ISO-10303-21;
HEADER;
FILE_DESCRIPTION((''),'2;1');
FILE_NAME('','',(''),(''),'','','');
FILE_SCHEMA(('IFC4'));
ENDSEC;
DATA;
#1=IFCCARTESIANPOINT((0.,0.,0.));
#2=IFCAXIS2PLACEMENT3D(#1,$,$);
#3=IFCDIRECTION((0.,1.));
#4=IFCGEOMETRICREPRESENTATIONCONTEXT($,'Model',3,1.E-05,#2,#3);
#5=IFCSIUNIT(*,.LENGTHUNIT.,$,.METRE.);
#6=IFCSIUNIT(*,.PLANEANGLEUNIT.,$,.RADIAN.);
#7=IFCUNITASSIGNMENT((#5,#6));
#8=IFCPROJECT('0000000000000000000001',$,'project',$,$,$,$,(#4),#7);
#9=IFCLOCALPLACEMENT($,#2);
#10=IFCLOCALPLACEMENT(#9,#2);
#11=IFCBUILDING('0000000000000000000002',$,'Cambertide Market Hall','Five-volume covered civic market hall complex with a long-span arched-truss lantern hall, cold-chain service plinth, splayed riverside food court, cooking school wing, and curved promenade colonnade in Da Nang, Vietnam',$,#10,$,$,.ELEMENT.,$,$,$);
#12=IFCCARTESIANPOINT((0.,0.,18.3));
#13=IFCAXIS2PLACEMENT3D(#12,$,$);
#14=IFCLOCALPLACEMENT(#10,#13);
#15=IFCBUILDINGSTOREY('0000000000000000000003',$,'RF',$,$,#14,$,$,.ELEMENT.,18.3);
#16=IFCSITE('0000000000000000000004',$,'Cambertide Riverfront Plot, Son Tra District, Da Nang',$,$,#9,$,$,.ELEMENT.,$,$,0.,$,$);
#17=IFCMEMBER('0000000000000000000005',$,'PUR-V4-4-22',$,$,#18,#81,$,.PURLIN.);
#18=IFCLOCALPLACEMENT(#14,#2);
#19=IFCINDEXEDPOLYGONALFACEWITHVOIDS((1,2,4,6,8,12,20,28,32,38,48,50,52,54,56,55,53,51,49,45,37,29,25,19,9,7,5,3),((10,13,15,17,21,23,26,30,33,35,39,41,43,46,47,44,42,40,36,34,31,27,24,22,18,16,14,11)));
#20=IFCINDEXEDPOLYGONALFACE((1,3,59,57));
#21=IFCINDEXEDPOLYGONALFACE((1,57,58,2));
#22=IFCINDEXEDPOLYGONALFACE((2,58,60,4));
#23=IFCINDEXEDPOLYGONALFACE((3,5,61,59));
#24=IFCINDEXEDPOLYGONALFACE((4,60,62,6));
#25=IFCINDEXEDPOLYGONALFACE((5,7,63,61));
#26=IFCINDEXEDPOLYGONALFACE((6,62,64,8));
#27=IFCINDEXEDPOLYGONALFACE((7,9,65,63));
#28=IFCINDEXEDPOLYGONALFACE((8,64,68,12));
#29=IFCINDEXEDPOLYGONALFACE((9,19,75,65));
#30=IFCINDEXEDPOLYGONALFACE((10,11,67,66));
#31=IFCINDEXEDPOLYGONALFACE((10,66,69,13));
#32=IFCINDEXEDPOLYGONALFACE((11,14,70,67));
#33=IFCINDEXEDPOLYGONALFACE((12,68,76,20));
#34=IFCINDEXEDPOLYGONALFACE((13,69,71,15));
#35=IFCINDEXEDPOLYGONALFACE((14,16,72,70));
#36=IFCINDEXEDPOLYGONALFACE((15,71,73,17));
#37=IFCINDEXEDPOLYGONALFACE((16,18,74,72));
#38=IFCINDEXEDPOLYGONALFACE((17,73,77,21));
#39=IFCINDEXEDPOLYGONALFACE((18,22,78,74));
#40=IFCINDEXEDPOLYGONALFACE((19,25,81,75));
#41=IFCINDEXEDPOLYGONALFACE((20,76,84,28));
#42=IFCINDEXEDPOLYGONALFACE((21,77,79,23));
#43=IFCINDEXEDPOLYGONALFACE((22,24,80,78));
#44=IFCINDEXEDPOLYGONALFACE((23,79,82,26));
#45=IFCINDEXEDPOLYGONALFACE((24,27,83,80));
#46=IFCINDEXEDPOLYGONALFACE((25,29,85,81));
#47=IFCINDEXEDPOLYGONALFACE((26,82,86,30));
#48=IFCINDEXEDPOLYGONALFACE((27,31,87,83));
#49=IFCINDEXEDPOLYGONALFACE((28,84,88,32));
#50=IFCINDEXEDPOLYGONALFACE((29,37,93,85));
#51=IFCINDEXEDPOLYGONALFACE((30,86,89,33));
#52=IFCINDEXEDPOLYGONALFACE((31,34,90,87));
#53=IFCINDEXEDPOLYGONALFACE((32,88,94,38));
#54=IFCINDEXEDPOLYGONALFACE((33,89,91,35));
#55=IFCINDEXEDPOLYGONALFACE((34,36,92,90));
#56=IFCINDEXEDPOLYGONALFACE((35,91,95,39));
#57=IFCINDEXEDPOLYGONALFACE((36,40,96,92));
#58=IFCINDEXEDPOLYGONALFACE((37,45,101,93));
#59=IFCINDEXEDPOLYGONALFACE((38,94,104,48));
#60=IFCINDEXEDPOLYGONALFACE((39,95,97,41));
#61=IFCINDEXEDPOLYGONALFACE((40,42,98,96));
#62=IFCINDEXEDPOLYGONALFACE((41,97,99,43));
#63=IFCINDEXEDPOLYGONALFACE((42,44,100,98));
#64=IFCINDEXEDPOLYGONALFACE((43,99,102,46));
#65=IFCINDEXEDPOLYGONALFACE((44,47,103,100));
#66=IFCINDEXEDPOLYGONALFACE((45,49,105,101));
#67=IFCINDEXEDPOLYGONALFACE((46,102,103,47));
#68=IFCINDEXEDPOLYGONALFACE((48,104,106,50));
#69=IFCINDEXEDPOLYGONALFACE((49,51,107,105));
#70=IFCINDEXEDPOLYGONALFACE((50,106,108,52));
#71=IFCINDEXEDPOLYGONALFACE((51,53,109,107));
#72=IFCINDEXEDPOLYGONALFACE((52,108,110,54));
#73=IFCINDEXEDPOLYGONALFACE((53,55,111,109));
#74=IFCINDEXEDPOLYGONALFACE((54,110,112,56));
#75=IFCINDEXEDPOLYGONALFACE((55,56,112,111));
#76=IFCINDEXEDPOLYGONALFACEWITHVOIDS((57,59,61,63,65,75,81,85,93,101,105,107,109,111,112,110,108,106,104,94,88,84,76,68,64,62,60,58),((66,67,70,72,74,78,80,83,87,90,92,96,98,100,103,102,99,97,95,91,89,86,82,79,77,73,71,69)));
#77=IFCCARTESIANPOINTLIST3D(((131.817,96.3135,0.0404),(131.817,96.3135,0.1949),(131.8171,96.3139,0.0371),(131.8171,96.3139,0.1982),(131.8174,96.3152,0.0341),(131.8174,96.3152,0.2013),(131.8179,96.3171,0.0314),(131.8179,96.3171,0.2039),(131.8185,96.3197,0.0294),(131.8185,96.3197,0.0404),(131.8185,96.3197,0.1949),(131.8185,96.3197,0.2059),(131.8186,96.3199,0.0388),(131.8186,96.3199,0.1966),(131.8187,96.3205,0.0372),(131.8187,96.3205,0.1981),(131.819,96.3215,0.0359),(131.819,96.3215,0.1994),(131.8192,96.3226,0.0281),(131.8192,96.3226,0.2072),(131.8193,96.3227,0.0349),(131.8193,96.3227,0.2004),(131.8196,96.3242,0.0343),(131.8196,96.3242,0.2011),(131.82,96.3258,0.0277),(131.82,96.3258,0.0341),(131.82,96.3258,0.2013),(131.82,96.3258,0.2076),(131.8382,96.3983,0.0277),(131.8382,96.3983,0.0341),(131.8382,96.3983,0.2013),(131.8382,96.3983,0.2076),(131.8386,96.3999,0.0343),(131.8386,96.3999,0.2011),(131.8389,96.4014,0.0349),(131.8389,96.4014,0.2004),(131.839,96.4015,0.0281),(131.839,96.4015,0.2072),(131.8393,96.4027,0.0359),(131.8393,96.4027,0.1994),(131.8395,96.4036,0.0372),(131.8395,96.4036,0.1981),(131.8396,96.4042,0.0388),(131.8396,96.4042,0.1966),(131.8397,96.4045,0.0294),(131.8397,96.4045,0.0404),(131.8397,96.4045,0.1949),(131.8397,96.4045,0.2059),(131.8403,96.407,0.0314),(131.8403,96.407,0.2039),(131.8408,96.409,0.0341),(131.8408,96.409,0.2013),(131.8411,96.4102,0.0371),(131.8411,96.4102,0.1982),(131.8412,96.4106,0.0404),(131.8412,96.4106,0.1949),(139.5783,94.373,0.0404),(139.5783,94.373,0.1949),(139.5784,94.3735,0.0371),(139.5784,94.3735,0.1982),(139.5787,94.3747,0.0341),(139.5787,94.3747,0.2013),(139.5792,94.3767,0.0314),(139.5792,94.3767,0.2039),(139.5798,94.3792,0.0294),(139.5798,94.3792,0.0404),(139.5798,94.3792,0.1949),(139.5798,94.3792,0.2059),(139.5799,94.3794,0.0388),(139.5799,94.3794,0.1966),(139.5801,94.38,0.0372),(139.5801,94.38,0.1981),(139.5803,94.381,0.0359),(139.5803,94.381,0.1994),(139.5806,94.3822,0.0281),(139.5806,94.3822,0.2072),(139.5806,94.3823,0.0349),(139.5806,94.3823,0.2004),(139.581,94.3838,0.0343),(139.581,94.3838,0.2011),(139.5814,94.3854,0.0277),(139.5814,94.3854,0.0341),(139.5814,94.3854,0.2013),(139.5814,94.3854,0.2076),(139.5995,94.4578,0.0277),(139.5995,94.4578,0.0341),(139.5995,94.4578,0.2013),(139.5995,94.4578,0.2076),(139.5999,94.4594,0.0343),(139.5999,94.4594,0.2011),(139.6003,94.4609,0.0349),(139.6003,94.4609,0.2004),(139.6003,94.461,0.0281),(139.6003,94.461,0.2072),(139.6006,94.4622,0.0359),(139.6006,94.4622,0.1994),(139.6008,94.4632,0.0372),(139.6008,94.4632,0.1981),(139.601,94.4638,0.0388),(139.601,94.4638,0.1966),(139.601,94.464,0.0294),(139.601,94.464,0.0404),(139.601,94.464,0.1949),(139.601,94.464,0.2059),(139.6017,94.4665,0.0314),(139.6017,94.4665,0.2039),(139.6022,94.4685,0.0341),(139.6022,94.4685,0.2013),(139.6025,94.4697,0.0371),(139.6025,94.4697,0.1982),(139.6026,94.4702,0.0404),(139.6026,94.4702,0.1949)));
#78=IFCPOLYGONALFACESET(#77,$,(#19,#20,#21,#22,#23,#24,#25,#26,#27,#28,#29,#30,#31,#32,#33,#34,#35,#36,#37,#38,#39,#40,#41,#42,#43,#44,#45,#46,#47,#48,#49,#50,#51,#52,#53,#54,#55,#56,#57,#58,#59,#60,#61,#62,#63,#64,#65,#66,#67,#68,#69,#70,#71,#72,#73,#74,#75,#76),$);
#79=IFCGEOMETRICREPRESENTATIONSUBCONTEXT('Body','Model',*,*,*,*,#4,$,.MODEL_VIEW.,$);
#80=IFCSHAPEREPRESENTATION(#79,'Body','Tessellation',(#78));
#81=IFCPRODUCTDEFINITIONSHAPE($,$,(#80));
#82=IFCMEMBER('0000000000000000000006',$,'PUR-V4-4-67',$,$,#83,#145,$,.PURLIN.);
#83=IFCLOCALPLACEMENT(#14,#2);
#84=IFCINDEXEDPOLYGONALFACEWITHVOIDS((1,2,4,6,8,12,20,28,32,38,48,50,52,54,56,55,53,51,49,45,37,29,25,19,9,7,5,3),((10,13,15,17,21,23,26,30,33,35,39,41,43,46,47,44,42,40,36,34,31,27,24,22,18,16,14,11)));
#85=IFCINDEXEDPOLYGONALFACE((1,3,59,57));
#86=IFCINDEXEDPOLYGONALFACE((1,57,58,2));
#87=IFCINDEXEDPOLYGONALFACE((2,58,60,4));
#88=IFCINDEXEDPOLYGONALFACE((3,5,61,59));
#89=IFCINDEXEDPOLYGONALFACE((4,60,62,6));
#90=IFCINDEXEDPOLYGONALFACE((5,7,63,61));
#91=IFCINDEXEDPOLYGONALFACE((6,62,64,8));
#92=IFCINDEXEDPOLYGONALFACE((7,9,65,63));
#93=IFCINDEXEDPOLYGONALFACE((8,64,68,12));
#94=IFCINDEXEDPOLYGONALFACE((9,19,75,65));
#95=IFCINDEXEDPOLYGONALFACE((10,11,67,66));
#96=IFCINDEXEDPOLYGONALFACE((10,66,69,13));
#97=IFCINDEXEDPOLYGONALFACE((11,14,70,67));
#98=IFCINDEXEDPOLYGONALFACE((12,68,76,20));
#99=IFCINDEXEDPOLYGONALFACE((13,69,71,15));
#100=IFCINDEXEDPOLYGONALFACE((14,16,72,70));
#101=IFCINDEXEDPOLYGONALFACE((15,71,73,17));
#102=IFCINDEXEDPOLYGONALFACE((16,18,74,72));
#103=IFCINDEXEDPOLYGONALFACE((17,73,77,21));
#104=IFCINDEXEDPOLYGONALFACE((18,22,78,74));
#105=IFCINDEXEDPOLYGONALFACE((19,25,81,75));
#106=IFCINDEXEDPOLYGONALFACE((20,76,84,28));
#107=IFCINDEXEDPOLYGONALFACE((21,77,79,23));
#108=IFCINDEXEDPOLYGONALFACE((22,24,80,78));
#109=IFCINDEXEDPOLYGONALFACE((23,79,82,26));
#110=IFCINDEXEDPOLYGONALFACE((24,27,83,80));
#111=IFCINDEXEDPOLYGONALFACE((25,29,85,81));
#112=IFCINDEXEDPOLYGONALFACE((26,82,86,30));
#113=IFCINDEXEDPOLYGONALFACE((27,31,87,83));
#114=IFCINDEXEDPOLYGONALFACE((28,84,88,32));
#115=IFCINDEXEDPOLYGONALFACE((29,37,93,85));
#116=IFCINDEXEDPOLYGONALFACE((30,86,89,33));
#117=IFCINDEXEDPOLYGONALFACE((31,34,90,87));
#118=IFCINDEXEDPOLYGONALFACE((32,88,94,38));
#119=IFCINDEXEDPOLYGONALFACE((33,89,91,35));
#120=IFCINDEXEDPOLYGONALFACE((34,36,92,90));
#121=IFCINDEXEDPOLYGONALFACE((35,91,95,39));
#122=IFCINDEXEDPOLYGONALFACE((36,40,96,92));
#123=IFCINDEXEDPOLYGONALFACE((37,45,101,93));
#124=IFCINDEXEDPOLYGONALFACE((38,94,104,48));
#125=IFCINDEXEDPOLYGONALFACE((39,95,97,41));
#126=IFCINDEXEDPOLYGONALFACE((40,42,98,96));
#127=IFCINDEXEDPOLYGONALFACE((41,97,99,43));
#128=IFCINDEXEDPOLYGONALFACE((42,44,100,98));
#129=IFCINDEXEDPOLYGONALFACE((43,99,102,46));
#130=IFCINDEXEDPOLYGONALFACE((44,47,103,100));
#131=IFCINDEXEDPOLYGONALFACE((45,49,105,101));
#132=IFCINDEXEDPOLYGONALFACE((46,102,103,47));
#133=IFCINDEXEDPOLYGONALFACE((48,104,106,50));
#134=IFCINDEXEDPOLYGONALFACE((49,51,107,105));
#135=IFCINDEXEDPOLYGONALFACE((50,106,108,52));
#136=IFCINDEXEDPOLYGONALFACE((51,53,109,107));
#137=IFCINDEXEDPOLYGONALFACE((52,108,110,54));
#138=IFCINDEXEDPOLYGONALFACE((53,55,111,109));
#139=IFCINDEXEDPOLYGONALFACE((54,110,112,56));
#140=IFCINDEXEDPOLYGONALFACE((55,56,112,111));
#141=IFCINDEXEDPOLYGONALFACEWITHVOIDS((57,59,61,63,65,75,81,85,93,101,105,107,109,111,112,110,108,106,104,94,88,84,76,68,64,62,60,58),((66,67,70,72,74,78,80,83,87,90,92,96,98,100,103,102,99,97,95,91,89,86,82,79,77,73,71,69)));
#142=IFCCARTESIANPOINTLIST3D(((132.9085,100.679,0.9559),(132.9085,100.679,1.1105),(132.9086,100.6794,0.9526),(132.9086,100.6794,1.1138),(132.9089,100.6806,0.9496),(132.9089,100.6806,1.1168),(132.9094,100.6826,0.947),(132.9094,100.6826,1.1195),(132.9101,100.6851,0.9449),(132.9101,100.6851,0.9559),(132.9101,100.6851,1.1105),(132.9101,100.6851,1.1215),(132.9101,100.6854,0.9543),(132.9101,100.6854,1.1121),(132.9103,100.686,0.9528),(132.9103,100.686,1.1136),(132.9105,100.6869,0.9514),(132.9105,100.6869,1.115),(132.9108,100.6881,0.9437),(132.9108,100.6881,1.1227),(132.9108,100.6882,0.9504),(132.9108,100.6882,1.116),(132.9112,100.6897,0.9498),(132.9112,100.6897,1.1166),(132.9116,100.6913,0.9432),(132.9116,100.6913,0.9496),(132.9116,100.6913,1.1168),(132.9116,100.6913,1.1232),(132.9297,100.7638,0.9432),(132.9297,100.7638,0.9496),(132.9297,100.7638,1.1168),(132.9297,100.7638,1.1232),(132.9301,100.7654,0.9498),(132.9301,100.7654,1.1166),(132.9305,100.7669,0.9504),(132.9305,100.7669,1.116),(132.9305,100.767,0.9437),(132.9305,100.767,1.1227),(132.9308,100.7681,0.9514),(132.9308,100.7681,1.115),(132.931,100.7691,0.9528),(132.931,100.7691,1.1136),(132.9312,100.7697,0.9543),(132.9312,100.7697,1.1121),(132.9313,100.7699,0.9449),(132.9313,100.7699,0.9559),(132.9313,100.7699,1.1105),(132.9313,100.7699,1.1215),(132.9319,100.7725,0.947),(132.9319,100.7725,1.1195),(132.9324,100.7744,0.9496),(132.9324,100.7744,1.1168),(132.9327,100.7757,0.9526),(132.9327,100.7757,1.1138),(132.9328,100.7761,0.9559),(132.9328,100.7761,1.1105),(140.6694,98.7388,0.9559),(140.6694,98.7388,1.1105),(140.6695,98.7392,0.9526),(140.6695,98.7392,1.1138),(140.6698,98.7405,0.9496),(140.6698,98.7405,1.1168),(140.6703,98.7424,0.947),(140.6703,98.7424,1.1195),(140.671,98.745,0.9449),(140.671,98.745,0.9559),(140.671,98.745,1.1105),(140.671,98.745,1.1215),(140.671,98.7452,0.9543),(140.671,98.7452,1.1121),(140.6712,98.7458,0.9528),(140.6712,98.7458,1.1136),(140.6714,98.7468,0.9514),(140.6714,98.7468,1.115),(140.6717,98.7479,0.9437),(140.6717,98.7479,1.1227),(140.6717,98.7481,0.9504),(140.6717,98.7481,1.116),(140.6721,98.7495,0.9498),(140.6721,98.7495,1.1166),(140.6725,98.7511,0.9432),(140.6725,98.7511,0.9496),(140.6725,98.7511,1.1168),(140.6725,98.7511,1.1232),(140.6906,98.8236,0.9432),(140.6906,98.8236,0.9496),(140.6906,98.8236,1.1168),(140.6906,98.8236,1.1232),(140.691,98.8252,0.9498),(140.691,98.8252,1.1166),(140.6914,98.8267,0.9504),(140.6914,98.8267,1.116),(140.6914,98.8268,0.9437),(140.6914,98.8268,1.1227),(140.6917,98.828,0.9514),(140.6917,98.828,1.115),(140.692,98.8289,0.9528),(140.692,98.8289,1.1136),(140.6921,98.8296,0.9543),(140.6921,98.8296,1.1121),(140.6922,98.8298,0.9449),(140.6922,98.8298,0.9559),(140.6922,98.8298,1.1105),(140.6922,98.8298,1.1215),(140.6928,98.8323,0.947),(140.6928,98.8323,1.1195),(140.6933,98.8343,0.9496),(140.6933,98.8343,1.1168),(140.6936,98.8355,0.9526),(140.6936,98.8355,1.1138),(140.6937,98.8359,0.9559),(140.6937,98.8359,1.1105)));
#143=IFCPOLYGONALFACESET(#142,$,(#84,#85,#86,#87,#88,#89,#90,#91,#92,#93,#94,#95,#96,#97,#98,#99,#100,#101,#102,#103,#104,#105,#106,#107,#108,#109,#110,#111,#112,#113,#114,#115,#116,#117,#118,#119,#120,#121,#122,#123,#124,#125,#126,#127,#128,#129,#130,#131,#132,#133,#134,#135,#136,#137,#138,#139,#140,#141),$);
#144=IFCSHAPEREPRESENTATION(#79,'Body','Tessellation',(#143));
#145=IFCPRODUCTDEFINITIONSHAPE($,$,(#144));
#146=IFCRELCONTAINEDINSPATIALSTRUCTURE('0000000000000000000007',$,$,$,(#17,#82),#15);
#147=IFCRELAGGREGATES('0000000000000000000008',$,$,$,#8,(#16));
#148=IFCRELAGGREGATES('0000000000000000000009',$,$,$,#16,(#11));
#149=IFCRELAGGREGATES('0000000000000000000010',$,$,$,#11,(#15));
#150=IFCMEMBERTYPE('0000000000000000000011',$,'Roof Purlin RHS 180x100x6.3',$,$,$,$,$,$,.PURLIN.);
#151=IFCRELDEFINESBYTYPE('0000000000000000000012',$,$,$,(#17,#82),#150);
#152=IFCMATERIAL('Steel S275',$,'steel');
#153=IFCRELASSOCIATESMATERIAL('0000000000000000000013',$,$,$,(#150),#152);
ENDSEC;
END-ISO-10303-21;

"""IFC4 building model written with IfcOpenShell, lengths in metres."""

from ifc_helpers import new_model, si_unit, direction, frame, origin, origin_2d, place, context, subcontext, project, spatial, hollow_rectangle, extrude, material, material_profile, profile_set, type_object, element, save


model = new_model("IFC4")

# Units and contexts
model_context = context("Model", 3, precision=1e-05, world=origin(), true_north=direction((0.0, 1.0)))
body_context = subcontext(model_context, "Body", "Model", "MODEL_VIEW")
ifc_project = project(units=[si_unit("LENGTHUNIT", "METRE"), si_unit("PLANEANGLEUNIT", "RADIAN")], contexts=[model_context])

# Site, building, storey
site_placement = place(None, origin())
site = spatial("IfcSite", under=ifc_project, at=site_placement, Name="Cambertide Riverfront Plot, Son Tra District, Da Nang", CompositionType="ELEMENT", RefElevation=0.0)
building_placement = place(site_placement, origin())
building = spatial("IfcBuilding", under=site, at=building_placement, Name="Cambertide Market Hall", Description="Five-volume covered civic market hall complex with a long-span arched-truss lantern hall, cold-chain service plinth, splayed riverside food court, cooking school wing, and curved promenade colonnade in Da Nang, Vietnam", CompositionType="ELEMENT")
storey_placement = place(building_placement, frame((0.0, 0.0, 18.3)))
storey = spatial("IfcBuildingStorey", under=building, at=storey_placement, Name="RF", CompositionType="ELEMENT", Elevation=18.3)

# Members
ifc_material_1 = material(Name="Steel S275", Category="steel")
ifc_material_profile_1 = material_profile(ifc_material_1, hollow_rectangle(XDim=0.1001, YDim=0.1799, WallThickness=0.0063, InnerFilletRadius=0.0063, OuterFilletRadius=0.0127, at=origin_2d()), Name="RHS 180x100x6.3")
ifc_profile_set_1 = profile_set([ifc_material_profile_1], Name="Steel S275")
member_type_1 = type_object("IfcMemberType", Name="Roof Purlin RHS 180x100x6.3", PredefinedType="PURLIN", material=ifc_profile_set_1)
member_1_placement = place(storey_placement, frame((131.8291, 96.3621, 0.1177), z_axis=(0.970139, -0.24255, 0.0), x_axis=(0.24255, 0.970139, 0.0)))
element("IfcMember", 1, at=member_1_placement, inside=storey, type_object=member_type_1, Name="PUR-V4-4-22", PredefinedType="PURLIN", context=body_context, shape_type="SweptSolid", body=[
    extrude(hollow_rectangle(XDim=0.1001, YDim=0.1799, WallThickness=0.0063, InnerFilletRadius=0.0063, OuterFilletRadius=0.0127, at=origin_2d()), origin(), (0.0, 0.0, 1.0), 8.0002),
])
member_2_placement = place(storey_placement, frame((132.9207, 100.7275, 1.0332), z_axis=(0.970144, -0.242528, 0.0), x_axis=(0.242528, 0.970144, 0.0)))
element("IfcMember", 2, at=member_2_placement, inside=storey, type_object=member_type_1, Name="PUR-V4-4-67", PredefinedType="PURLIN", context=body_context, shape_type="SweptSolid", body=[
    extrude(hollow_rectangle(XDim=0.1001, YDim=0.1799, WallThickness=0.0063, InnerFilletRadius=0.0063, OuterFilletRadius=0.0127, at=origin_2d()), origin(), (0.0, 0.0, 1.0), 7.9998),
])

save(model, "model.ifc")
